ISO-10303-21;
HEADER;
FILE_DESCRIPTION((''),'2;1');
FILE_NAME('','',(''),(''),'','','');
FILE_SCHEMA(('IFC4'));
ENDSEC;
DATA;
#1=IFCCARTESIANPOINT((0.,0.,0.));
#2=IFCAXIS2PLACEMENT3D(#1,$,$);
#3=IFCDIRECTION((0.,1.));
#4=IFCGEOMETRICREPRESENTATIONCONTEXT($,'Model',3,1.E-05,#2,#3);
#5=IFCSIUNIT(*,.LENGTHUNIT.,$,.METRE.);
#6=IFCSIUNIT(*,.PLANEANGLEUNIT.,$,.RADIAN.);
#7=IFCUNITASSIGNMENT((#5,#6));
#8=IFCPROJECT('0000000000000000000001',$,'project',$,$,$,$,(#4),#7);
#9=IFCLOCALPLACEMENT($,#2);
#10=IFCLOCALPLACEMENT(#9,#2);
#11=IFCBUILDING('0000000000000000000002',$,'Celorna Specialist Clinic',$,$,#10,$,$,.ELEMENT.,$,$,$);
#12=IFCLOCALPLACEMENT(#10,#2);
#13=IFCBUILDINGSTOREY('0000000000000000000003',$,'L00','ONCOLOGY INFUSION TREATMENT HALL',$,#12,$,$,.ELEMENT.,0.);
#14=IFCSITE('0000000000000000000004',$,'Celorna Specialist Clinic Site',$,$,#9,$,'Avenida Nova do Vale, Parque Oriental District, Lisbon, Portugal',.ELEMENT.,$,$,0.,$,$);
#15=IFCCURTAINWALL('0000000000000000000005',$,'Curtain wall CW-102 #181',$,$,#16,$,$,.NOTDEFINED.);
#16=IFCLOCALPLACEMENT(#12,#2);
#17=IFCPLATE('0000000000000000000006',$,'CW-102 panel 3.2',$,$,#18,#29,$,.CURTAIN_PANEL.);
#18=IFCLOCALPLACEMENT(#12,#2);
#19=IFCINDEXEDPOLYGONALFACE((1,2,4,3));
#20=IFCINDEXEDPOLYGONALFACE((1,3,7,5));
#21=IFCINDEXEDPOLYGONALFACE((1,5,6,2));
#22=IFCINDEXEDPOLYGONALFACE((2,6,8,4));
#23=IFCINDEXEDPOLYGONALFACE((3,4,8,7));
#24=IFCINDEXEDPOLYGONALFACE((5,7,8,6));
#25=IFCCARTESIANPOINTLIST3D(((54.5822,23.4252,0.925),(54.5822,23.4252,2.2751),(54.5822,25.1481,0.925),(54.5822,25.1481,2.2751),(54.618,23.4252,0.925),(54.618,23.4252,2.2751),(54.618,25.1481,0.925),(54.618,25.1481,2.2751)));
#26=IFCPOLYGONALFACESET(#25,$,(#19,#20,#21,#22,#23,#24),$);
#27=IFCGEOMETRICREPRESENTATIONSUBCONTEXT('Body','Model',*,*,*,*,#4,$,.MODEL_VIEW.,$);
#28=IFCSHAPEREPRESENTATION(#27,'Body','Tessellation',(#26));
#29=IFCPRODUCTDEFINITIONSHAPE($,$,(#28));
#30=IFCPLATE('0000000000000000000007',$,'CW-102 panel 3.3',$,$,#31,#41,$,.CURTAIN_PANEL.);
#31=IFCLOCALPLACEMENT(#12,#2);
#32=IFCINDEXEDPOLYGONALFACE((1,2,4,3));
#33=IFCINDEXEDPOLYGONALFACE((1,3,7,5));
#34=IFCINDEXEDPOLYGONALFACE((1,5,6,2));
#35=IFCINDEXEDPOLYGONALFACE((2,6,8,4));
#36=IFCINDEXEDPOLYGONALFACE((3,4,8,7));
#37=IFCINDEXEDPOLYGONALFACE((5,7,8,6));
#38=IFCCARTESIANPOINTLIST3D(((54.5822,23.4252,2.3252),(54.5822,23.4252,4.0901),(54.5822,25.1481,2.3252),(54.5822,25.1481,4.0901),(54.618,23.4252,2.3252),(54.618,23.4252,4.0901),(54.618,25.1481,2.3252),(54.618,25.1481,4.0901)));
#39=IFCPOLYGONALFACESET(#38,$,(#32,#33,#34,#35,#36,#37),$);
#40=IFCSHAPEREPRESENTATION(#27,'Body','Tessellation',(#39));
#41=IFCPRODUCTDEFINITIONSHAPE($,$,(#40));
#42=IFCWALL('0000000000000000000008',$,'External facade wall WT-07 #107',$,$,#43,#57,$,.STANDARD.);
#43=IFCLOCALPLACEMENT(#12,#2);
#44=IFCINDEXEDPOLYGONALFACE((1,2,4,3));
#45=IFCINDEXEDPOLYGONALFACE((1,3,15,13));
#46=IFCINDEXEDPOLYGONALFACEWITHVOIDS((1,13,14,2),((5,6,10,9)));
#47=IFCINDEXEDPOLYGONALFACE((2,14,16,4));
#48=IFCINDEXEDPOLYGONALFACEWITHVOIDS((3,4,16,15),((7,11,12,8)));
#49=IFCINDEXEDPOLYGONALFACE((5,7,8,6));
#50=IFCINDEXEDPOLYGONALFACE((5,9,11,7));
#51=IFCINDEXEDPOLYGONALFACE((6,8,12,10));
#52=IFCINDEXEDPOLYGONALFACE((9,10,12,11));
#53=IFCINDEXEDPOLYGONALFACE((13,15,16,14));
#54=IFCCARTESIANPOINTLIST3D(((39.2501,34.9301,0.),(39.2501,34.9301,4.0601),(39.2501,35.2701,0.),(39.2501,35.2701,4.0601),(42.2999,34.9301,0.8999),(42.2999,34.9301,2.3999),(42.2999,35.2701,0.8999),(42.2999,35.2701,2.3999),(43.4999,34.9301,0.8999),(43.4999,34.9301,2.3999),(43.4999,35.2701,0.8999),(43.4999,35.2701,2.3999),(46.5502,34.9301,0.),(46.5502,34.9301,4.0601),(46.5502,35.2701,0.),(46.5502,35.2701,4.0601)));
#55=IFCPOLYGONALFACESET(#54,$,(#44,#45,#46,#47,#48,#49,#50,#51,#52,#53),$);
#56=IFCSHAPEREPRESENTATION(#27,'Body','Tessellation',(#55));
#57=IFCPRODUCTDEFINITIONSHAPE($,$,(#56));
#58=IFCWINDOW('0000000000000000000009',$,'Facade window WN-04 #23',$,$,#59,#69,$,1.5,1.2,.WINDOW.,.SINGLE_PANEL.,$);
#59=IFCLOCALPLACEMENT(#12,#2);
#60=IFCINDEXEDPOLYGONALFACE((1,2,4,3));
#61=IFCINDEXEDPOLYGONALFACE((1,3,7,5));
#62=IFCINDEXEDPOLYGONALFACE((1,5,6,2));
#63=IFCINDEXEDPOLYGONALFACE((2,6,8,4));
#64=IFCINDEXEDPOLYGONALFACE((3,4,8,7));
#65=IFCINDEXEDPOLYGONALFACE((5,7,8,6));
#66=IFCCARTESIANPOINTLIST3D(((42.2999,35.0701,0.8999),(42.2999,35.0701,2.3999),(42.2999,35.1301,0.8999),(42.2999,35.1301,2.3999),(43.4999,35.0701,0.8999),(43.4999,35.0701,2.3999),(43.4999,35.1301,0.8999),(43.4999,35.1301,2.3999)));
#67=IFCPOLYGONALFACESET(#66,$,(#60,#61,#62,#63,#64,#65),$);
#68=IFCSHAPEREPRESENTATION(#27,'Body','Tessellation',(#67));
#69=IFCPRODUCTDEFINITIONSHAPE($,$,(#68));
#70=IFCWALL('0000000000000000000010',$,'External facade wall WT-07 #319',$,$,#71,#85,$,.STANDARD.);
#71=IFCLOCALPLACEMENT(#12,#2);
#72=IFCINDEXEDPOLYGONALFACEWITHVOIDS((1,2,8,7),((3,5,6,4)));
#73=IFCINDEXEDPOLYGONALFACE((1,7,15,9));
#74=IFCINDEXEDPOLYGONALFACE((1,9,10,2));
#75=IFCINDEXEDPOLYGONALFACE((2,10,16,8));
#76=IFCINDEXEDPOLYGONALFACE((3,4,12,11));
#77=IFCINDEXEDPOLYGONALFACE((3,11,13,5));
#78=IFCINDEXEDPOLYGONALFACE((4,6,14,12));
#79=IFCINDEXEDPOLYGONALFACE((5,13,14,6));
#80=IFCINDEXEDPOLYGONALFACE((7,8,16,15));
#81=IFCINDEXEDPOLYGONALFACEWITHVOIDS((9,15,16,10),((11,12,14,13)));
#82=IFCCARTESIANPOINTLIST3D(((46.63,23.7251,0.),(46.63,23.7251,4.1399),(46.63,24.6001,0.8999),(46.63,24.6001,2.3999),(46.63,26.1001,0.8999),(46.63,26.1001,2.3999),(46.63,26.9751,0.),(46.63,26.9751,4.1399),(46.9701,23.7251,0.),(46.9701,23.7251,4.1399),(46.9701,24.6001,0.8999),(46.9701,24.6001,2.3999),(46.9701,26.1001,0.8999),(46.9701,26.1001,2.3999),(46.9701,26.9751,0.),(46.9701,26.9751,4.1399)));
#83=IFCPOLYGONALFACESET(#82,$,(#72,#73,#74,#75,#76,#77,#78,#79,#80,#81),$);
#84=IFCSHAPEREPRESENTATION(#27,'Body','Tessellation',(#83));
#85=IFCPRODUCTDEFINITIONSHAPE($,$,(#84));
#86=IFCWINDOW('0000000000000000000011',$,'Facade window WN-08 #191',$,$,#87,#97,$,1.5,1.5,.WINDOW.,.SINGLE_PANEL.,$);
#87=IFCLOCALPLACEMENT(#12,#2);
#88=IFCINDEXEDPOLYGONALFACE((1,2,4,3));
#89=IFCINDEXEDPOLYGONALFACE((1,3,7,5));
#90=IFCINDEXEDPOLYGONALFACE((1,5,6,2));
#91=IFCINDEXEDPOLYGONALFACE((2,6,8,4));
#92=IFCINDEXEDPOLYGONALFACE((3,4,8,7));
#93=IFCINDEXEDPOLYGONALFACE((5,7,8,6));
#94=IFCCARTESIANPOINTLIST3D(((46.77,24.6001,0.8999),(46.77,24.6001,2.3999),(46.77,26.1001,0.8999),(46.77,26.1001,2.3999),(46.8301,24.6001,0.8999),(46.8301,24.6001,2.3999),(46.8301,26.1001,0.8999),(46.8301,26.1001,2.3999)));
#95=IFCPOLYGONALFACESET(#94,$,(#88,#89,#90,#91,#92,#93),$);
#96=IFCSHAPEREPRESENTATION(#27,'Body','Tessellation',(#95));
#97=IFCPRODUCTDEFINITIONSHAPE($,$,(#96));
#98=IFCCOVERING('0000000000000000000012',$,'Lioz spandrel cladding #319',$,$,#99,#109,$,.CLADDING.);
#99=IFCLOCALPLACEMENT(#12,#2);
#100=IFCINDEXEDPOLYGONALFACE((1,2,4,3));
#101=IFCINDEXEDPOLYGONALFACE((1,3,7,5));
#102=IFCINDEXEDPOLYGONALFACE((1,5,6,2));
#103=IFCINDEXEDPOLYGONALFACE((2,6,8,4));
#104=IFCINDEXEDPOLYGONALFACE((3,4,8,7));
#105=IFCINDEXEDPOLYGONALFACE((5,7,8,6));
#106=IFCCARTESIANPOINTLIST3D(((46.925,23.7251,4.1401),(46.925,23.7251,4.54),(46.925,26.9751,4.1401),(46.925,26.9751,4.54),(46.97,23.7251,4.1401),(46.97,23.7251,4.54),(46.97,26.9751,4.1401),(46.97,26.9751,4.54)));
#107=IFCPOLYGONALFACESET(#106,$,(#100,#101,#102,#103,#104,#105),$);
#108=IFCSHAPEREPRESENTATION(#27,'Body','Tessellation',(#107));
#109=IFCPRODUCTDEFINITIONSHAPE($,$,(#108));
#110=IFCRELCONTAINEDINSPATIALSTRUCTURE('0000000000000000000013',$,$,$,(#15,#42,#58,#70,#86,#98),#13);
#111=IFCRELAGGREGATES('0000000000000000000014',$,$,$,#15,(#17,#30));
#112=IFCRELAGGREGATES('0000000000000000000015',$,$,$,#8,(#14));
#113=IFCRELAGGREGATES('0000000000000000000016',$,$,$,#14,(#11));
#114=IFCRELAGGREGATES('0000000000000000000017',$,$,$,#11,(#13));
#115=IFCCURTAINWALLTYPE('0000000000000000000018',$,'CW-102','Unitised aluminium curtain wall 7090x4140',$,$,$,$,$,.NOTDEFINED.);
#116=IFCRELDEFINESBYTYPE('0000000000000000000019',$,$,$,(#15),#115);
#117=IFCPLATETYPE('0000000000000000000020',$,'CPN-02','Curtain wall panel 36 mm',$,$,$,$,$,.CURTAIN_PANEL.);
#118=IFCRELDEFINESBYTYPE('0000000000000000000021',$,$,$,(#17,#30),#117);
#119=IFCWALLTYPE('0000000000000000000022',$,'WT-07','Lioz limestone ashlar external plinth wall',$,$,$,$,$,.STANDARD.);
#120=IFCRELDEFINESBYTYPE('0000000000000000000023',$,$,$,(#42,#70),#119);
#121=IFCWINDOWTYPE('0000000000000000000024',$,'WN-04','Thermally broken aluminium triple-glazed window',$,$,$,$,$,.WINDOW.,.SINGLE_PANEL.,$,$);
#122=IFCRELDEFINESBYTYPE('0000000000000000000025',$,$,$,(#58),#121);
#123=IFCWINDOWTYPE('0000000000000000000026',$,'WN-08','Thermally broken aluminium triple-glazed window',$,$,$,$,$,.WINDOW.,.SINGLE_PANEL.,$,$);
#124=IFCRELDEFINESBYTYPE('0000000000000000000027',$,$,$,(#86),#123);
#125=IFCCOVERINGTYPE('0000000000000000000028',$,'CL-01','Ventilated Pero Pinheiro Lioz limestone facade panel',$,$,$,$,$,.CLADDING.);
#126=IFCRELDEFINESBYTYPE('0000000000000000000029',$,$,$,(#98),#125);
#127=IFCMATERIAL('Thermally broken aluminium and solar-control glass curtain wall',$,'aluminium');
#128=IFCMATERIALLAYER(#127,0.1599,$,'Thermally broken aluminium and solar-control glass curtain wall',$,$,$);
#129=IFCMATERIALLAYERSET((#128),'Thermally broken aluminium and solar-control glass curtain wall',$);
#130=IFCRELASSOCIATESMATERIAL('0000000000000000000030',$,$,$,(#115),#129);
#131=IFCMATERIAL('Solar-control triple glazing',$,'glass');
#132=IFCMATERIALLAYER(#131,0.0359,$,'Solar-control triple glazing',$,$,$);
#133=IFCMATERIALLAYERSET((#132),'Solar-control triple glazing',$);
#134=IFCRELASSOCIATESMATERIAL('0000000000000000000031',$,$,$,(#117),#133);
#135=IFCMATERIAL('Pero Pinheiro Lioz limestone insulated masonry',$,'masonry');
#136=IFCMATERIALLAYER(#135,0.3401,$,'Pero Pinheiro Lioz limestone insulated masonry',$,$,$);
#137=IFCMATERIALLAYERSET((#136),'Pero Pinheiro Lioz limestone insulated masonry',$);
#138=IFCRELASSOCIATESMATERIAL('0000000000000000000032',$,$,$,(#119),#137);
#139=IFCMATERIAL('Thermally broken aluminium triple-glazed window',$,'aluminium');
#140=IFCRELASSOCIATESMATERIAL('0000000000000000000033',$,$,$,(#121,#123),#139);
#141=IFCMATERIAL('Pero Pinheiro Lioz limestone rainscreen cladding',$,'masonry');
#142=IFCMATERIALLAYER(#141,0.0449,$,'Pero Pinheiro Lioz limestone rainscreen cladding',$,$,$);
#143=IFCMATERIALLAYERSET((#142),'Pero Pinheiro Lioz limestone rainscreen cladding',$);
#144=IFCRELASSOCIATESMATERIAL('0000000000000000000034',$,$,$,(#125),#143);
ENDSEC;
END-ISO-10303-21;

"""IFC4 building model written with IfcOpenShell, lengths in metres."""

from ifc_helpers import new_model, si_unit, direction, frame, frame_2d, origin, origin_2d, place, context, subcontext, project, spatial, rectangle, extrude, material, layer, layer_set, type_object, element, fill, aggregate, save


model = new_model("IFC4")

# Units and contexts
model_context = context("Model", 3, precision=1e-05, world=origin(), true_north=direction((0.0, 1.0)))
body_context = subcontext(model_context, "Body", "Model", "MODEL_VIEW")
ifc_project = project(units=[si_unit("LENGTHUNIT", "METRE"), si_unit("PLANEANGLEUNIT", "RADIAN")], contexts=[model_context])

# Site, building, storey
site_placement = place(None, origin())
site = spatial("IfcSite", under=ifc_project, at=site_placement, Name="Celorna Specialist Clinic Site", LongName="Avenida Nova do Vale, Parque Oriental District, Lisbon, Portugal", CompositionType="ELEMENT", RefElevation=0.0)
building_placement = place(site_placement, origin())
building = spatial("IfcBuilding", under=site, at=building_placement, Name="Celorna Specialist Clinic", CompositionType="ELEMENT")
storey_placement = place(building_placement, origin())
storey = spatial("IfcBuildingStorey", under=building, at=storey_placement, Name="L00", Description="ONCOLOGY INFUSION TREATMENT HALL", CompositionType="ELEMENT", Elevation=0.0)

# Curtain wall, plates
ifc_material_1 = material(Name="Thermally broken aluminium and solar-control glass curtain wall", Category="aluminium")
ifc_layer_1 = layer(ifc_material_1, 0.1599, Name="Thermally broken aluminium and solar-control glass curtain wall")
ifc_layer_set_1 = layer_set([ifc_layer_1], Name="Thermally broken aluminium and solar-control glass curtain wall")
curtain_wall_type = type_object("IfcCurtainWallType", Name="CW-102", Description="Unitised aluminium curtain wall 7090x4140", PredefinedType="NOTDEFINED", material=ifc_layer_set_1)
curtain_wall_placement = place(storey_placement, origin())
curtain_wall = element("IfcCurtainWall", 1, at=curtain_wall_placement, inside=storey, type_object=curtain_wall_type, Name="Curtain wall CW-102 #181", PredefinedType="NOTDEFINED")
ifc_material_2 = material(Name="Solar-control triple glazing", Category="glass")
ifc_layer_2 = layer(ifc_material_2, 0.0359, Name="Solar-control triple glazing")
ifc_layer_set_2 = layer_set([ifc_layer_2], Name="Solar-control triple glazing")
plate_type = type_object("IfcPlateType", Name="CPN-02", Description="Curtain wall panel 36 mm", PredefinedType="CURTAIN_PANEL", material=ifc_layer_set_2)
plate_1_placement = place(storey_placement, frame((54.6001, 24.2866, 0.925), z_axis=(0.0, 0.0, 1.0), x_axis=(0.0, 1.0, 0.0)))
plate_1 = element("IfcPlate", 2, at=plate_1_placement, type_object=plate_type, Name="CW-102 panel 3.2", PredefinedType="CURTAIN_PANEL", context=body_context, shape_type="SweptSolid", body=[
    extrude(rectangle(XDim=1.7229, YDim=0.0359, at=origin_2d()), origin(), (0.0, 0.0, 1.0), 1.3501),
])
plate_2_placement = place(storey_placement, frame((54.6001, 24.2866, 2.3252), z_axis=(0.0, 0.0, 1.0), x_axis=(0.0, 1.0, 0.0)))
plate_2 = element("IfcPlate", 3, at=plate_2_placement, type_object=plate_type, Name="CW-102 panel 3.3", PredefinedType="CURTAIN_PANEL", context=body_context, shape_type="SweptSolid", body=[
    extrude(rectangle(XDim=1.7229, YDim=0.0359, at=origin_2d()), origin(), (0.0, 0.0, 1.0), 1.7649),
])
aggregate(curtain_wall, [plate_1, plate_2])

# Walls, openings, windows
ifc_material_3 = material(Name="Pero Pinheiro Lioz limestone insulated masonry", Category="masonry")
ifc_layer_3 = layer(ifc_material_3, 0.3401, Name="Pero Pinheiro Lioz limestone insulated masonry")
ifc_layer_set_3 = layer_set([ifc_layer_3], Name="Pero Pinheiro Lioz limestone insulated masonry")
wall_type = type_object("IfcWallType", Name="WT-07", Description="Lioz limestone ashlar external plinth wall", PredefinedType="STANDARD", material=ifc_layer_set_3)
wall_1_placement = place(storey_placement, frame((46.55, 35.1001, 0.0), z_axis=(0.0, 0.0, 1.0), x_axis=(-1.0, 0.0, 0.0)))
wall_1 = element("IfcWall", 4, at=wall_1_placement, inside=storey, type_object=wall_type, Name="External facade wall WT-07 #107", PredefinedType="STANDARD", context=body_context, shape_type="SweptSolid", body=[
    extrude(rectangle(XDim=7.3, YDim=0.3401, at=frame_2d((3.6499, 0.0))), origin(), (0.0, 0.0, 1.0), 4.0601),
])
opening_1_placement = place(wall_1_placement, frame((3.05, 0.0, 0.8999)))
opening_1 = element("IfcOpeningElement", 5, at=opening_1_placement, cuts=wall_1, PredefinedType="OPENING", context=body_context, shape_type="SweptSolid", body=[
    extrude(rectangle(XDim=1.2, YDim=1.5, at=frame_2d((0.6001, 0.75))), frame((0.0, 0.1799, 0.0), z_axis=(0.0, -1.0, 0.0), x_axis=(1.0, 0.0, 0.0)), (0.0, 0.0, 1.0), 0.3601),
])
ifc_material_4 = material(Name="Thermally broken aluminium triple-glazed window", Category="aluminium")
window_type_1 = type_object("IfcWindowType", Name="WN-04", Description="Thermally broken aluminium triple-glazed window", PartitioningType="SINGLE_PANEL", PredefinedType="WINDOW", material=ifc_material_4)
window_1_placement = place(opening_1_placement, origin())
window_1 = element("IfcWindow", 6, at=window_1_placement, inside=storey, type_object=window_type_1, Name="Facade window WN-04 #23", OverallHeight=1.5, OverallWidth=1.2, PartitioningType="SINGLE_PANEL", PredefinedType="WINDOW", context=body_context, shape_type="SweptSolid", body=[
    extrude(rectangle(XDim=1.2, YDim=1.5, at=frame_2d((0.6001, 0.75))), frame((0.0, 0.03, 0.0), z_axis=(0.0, -1.0, 0.0), x_axis=(1.0, 0.0, 0.0)), (0.0, 0.0, 1.0), 0.0601),
])
fill(opening_1, window_1)
wall_2_placement = place(storey_placement, frame((46.8, 26.9751, 0.0), z_axis=(0.0, 0.0, 1.0), x_axis=(0.0, -1.0, 0.0)))
wall_2 = element("IfcWall", 7, at=wall_2_placement, inside=storey, type_object=wall_type, Name="External facade wall WT-07 #319", PredefinedType="STANDARD", context=body_context, shape_type="SweptSolid", body=[
    extrude(rectangle(XDim=3.25, YDim=0.3401, at=frame_2d((1.625, 0.0))), origin(), (0.0, 0.0, 1.0), 4.1399),
])
opening_2_placement = place(wall_2_placement, frame((0.875, 0.0, 0.8999)))
opening_2 = element("IfcOpeningElement", 8, at=opening_2_placement, cuts=wall_2, PredefinedType="OPENING", context=body_context, shape_type="SweptSolid", body=[
    extrude(rectangle(XDim=1.5, YDim=1.5, at=frame_2d((0.75, 0.75))), frame((0.0, 0.1799, 0.0), z_axis=(0.0, -1.0, 0.0), x_axis=(1.0, 0.0, 0.0)), (0.0, 0.0, 1.0), 0.3601),
])
window_type_2 = type_object("IfcWindowType", Name="WN-08", Description="Thermally broken aluminium triple-glazed window", PartitioningType="SINGLE_PANEL", PredefinedType="WINDOW", material=ifc_material_4)
window_2_placement = place(opening_2_placement, origin())
window_2 = element("IfcWindow", 9, at=window_2_placement, inside=storey, type_object=window_type_2, Name="Facade window WN-08 #191", OverallHeight=1.5, OverallWidth=1.5, PartitioningType="SINGLE_PANEL", PredefinedType="WINDOW", context=body_context, shape_type="SweptSolid", body=[
    extrude(rectangle(XDim=1.5, YDim=1.5, at=frame_2d((0.75, 0.75))), frame((0.0, 0.03, 0.0), z_axis=(0.0, -1.0, 0.0), x_axis=(1.0, 0.0, 0.0)), (0.0, 0.0, 1.0), 0.0601),
])
fill(opening_2, window_2)

# Covering
ifc_material_5 = material(Name="Pero Pinheiro Lioz limestone rainscreen cladding", Category="masonry")
ifc_layer_4 = layer(ifc_material_5, 0.0449, Name="Pero Pinheiro Lioz limestone rainscreen cladding")
ifc_layer_set_4 = layer_set([ifc_layer_4], Name="Pero Pinheiro Lioz limestone rainscreen cladding")
covering_type = type_object("IfcCoveringType", Name="CL-01", Description="Ventilated Pero Pinheiro Lioz limestone facade panel", PredefinedType="CLADDING", material=ifc_layer_set_4)
covering_placement = place(storey_placement, frame((46.9475, 25.3501, 4.1401), z_axis=(0.0, 0.0, 1.0), x_axis=(0.0, -1.0, 0.0)))
element("IfcCovering", 10, at=covering_placement, inside=storey, type_object=covering_type, Name="Lioz spandrel cladding #319", PredefinedType="CLADDING", context=body_context, shape_type="SweptSolid", body=[
    extrude(rectangle(XDim=3.25, YDim=0.0449, at=origin_2d()), origin(), (0.0, 0.0, 1.0), 0.3999),
])

save(model, "model.ifc")
